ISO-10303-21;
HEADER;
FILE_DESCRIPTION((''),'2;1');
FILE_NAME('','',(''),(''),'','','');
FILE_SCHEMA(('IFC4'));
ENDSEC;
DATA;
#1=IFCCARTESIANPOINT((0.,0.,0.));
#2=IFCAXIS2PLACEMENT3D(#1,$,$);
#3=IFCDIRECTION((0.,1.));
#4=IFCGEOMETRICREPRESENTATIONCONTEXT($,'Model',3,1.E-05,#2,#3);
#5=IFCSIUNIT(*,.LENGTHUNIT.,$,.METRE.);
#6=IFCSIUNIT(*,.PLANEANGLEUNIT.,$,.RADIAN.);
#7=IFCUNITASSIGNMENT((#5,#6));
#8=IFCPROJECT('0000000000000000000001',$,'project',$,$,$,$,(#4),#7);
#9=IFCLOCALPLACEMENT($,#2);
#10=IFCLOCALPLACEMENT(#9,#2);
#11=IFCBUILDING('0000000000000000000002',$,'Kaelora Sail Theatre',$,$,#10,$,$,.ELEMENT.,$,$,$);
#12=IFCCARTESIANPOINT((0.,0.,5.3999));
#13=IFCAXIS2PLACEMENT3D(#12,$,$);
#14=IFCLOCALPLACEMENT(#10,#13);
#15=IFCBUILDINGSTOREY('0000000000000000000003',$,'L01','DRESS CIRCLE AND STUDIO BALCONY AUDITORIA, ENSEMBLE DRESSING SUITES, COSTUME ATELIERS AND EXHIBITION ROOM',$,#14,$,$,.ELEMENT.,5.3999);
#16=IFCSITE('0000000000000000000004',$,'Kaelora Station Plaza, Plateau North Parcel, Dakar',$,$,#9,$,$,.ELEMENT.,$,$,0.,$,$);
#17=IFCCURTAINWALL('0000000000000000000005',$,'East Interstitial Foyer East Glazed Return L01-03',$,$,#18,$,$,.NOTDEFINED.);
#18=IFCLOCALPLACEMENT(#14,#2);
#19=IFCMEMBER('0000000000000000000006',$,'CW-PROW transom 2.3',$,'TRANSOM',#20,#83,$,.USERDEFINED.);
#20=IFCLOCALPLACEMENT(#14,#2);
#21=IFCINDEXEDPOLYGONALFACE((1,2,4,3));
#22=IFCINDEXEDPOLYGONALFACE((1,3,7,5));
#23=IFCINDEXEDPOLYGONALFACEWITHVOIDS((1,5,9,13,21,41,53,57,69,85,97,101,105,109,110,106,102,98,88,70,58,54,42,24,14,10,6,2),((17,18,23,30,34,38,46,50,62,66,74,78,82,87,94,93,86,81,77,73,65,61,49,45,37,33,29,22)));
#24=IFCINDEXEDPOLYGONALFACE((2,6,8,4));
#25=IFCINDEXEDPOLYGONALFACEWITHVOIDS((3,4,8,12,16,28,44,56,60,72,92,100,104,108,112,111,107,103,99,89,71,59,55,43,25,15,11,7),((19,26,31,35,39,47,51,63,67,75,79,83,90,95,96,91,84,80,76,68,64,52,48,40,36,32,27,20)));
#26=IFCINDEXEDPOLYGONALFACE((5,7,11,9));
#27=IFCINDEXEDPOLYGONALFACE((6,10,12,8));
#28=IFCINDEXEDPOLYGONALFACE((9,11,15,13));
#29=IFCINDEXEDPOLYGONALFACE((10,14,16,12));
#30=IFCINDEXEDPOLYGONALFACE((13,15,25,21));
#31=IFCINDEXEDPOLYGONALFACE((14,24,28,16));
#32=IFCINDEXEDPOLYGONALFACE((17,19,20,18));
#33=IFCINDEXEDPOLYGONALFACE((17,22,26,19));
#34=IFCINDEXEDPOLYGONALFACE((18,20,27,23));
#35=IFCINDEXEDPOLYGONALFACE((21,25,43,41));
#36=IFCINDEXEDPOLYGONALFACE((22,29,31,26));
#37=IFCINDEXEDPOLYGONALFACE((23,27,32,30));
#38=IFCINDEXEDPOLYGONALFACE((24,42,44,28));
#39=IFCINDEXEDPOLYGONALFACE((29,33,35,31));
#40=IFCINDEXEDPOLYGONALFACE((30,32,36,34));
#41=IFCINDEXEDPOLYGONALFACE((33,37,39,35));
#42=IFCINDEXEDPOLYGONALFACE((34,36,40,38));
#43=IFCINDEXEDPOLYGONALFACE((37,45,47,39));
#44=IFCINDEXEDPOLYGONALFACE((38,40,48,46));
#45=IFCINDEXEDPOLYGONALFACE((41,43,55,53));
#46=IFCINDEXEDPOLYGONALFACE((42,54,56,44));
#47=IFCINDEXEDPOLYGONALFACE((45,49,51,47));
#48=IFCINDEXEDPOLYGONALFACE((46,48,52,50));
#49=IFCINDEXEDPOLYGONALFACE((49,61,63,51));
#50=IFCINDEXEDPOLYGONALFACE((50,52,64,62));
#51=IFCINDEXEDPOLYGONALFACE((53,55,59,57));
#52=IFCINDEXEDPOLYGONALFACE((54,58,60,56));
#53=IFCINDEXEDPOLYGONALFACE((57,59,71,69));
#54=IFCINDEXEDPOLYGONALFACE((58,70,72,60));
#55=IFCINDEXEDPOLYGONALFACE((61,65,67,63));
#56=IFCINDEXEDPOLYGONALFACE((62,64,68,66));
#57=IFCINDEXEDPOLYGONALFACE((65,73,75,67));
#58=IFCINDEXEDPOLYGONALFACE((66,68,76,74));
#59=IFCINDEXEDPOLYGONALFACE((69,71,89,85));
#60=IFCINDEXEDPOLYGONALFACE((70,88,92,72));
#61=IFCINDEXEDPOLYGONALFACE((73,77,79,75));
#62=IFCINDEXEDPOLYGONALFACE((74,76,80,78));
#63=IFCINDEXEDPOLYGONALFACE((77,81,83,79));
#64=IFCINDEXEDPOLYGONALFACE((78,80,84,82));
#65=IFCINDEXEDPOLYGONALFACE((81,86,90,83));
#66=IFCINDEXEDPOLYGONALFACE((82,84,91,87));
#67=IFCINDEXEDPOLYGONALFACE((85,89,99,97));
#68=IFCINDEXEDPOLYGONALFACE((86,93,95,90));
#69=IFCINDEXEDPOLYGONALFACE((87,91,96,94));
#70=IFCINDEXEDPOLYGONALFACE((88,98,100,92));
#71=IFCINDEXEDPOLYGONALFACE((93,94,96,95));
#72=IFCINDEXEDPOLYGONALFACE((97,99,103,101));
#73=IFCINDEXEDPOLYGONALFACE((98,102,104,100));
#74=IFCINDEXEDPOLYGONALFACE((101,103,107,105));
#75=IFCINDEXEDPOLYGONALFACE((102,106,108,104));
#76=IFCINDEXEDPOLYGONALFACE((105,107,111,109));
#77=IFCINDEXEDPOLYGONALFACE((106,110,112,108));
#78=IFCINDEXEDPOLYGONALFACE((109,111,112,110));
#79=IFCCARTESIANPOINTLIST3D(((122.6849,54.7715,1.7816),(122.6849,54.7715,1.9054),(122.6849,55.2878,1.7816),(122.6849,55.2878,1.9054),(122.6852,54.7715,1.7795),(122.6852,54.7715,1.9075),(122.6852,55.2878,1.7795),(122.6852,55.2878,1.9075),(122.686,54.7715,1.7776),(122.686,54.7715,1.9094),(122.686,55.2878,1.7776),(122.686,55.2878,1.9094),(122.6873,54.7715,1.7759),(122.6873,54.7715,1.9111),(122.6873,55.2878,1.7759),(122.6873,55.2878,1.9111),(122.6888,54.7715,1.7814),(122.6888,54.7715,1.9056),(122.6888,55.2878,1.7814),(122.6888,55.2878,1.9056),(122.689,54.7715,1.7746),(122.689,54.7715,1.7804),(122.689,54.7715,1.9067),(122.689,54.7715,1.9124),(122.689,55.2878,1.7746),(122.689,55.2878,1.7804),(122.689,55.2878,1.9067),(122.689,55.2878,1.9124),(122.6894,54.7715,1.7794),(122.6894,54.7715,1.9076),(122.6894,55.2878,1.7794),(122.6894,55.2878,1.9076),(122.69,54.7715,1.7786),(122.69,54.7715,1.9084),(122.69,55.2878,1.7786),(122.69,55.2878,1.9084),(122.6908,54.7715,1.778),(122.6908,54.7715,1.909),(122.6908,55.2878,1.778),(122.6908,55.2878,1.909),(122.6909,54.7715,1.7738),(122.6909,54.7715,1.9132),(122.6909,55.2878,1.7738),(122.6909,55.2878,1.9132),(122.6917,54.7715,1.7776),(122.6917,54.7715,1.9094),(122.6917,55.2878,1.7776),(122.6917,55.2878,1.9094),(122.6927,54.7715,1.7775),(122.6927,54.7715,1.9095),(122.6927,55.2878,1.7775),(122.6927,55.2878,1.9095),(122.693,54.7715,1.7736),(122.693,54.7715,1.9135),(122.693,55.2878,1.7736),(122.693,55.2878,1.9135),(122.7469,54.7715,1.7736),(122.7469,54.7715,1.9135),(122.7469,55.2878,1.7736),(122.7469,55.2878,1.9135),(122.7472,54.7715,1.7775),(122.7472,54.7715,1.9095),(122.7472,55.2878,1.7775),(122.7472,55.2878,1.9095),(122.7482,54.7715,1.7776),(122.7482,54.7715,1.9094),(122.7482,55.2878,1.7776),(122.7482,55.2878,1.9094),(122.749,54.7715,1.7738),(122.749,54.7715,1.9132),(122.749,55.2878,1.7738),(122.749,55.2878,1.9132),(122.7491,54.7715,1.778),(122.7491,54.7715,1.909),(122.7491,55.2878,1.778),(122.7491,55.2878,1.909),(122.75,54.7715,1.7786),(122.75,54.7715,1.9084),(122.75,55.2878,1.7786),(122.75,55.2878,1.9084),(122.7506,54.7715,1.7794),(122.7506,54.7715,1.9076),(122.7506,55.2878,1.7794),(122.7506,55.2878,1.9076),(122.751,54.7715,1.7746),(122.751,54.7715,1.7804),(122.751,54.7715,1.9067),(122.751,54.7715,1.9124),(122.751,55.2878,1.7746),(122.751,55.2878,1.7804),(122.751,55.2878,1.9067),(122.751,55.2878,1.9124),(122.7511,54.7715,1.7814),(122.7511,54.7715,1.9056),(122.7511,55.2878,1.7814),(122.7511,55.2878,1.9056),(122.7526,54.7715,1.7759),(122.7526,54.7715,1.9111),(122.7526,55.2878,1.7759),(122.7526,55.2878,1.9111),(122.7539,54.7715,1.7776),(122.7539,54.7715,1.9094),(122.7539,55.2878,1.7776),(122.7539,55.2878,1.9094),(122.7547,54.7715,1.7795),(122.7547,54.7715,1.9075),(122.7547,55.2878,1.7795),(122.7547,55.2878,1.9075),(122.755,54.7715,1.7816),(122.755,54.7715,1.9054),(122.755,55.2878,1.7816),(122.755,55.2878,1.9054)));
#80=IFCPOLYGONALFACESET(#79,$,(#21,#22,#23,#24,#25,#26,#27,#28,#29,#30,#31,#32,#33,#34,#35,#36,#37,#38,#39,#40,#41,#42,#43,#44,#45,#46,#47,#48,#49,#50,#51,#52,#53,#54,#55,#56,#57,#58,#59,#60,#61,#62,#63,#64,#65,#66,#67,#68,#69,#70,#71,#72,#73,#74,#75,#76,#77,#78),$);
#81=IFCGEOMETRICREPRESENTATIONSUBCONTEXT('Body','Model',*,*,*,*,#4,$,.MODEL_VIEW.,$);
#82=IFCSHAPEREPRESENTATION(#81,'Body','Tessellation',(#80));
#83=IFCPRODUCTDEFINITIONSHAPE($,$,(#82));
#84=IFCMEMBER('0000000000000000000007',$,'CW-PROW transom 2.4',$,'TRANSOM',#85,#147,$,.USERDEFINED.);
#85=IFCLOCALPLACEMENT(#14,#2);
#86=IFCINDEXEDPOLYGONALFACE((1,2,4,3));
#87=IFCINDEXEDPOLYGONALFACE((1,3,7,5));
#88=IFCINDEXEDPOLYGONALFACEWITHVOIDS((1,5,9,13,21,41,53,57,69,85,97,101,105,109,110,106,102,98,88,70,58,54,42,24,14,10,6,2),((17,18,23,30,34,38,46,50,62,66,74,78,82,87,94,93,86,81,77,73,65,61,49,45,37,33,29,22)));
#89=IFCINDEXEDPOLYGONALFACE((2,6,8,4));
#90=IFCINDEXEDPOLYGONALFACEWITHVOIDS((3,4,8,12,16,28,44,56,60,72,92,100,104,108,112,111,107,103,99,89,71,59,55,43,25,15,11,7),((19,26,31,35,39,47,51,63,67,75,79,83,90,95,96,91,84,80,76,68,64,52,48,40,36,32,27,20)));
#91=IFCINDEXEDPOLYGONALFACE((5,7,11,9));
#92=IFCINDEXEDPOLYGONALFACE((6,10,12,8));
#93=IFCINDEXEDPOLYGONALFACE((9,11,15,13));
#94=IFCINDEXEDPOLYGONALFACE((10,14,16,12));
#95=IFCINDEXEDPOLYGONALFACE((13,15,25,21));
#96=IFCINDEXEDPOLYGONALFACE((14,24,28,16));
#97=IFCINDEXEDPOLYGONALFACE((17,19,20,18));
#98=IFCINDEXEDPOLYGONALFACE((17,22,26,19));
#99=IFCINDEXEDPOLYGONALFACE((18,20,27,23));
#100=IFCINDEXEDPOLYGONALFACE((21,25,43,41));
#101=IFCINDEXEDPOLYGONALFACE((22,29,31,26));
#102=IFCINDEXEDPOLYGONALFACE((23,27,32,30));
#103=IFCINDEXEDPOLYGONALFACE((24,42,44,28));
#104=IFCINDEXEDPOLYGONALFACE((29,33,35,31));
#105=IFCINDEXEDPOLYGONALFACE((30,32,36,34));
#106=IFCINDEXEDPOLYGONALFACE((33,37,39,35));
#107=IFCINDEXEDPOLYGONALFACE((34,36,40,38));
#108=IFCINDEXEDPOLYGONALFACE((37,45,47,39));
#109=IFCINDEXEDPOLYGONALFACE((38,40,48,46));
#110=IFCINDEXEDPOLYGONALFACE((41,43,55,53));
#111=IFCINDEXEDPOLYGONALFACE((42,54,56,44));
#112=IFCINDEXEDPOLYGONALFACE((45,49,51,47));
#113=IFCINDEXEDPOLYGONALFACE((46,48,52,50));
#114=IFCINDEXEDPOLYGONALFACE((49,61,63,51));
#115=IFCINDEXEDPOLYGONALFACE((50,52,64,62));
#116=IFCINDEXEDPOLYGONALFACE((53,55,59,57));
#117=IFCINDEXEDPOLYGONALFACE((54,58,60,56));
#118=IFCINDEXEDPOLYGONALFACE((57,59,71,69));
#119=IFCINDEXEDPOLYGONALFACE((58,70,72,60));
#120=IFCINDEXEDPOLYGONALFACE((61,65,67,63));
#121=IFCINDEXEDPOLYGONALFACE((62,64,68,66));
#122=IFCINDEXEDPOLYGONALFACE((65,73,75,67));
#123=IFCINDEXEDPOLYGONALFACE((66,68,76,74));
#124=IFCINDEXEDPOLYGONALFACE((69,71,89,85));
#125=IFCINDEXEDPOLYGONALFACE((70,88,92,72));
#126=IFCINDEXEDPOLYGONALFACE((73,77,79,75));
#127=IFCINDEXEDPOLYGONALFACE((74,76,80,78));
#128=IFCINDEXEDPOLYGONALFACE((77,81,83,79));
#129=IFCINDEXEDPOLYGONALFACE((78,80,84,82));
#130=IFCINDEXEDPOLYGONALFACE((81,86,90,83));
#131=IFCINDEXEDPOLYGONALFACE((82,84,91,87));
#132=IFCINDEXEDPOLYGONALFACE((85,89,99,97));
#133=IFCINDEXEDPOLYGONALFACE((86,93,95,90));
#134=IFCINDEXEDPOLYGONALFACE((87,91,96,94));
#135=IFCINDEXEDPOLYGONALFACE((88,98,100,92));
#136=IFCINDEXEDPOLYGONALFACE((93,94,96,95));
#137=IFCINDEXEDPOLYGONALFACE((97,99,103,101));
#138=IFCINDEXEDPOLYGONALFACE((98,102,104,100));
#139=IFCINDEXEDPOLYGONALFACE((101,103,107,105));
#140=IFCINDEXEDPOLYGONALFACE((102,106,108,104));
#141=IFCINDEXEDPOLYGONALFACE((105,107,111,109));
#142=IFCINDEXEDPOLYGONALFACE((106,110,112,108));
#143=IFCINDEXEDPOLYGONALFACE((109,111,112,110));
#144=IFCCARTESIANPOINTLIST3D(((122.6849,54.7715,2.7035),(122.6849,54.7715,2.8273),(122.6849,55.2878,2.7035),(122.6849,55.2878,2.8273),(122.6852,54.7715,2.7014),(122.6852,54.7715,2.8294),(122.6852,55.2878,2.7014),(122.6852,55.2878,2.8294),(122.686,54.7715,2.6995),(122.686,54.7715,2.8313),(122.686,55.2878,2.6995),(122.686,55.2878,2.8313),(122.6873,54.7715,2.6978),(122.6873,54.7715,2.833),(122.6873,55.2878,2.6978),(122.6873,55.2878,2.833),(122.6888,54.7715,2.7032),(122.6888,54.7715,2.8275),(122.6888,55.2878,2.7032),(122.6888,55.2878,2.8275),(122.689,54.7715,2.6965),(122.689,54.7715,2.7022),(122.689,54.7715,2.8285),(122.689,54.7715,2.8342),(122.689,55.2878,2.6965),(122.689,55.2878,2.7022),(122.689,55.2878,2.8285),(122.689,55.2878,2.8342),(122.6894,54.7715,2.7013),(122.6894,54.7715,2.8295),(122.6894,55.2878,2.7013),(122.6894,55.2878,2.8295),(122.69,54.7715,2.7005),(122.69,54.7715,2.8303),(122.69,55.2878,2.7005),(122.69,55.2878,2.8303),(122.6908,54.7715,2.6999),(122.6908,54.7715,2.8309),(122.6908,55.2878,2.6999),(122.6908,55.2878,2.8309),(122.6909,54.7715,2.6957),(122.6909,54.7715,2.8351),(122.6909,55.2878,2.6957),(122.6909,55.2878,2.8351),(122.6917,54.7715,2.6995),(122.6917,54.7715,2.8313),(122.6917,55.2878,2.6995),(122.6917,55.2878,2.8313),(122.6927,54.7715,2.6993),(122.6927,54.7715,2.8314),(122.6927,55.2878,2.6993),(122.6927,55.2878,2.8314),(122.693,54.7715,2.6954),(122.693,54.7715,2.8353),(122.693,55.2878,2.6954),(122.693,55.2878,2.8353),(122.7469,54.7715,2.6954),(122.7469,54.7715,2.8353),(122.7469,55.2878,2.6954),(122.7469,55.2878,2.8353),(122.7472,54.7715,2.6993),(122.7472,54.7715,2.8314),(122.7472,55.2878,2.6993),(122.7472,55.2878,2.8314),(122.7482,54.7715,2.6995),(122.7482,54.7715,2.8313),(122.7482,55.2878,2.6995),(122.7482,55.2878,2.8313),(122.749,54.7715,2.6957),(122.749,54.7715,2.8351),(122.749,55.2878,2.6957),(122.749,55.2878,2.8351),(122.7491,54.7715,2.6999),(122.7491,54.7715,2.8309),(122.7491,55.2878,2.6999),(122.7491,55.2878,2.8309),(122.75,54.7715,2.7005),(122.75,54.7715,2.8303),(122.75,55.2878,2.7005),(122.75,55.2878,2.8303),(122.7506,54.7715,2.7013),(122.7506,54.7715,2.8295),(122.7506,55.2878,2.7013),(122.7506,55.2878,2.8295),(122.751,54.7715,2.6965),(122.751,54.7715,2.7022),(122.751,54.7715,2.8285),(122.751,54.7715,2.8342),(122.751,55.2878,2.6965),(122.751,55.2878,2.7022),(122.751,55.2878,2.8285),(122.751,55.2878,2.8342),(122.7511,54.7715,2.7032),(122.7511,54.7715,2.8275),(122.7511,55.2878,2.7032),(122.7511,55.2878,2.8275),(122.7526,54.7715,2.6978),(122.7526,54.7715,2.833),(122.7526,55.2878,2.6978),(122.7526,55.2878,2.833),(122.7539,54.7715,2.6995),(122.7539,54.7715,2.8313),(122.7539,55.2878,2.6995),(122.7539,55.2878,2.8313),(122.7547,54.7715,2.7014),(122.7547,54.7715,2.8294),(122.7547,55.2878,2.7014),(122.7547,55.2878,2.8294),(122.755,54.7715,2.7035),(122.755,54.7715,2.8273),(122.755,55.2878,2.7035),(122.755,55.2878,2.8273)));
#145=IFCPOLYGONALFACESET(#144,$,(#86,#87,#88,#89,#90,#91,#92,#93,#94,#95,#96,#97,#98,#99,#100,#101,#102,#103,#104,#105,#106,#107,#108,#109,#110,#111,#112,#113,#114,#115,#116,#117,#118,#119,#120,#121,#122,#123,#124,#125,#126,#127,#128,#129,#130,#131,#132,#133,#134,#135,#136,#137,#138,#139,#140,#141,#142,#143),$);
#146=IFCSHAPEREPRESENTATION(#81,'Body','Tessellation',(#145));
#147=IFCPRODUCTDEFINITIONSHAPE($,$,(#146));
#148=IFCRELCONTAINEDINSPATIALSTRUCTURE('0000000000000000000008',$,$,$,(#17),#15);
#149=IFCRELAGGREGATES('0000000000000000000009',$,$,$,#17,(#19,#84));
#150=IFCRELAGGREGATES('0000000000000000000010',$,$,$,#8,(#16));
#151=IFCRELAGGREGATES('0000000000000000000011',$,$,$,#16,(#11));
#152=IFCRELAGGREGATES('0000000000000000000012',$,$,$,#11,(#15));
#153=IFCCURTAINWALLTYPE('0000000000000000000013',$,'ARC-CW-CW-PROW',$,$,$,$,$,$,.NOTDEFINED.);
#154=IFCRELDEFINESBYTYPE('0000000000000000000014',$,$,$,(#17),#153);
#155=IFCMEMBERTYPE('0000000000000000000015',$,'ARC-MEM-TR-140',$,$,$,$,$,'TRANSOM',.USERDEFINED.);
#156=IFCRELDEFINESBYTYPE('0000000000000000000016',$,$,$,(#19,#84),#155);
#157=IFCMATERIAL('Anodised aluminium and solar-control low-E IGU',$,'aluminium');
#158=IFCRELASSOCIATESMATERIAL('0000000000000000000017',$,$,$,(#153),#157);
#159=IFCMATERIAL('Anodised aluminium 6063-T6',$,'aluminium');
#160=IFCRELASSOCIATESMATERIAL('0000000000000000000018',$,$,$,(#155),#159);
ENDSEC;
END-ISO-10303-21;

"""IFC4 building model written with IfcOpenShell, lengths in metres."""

from ifc_helpers import new_model, si_unit, direction, frame, origin, origin_2d, place, context, subcontext, project, spatial, hollow_rectangle, extrude, material, material_profile, profile_set, type_object, element, aggregate, save


model = new_model("IFC4")

# Units and contexts
model_context = context("Model", 3, precision=1e-05, world=origin(), true_north=direction((0.0, 1.0)))
body_context = subcontext(model_context, "Body", "Model", "MODEL_VIEW")
ifc_project = project(units=[si_unit("LENGTHUNIT", "METRE"), si_unit("PLANEANGLEUNIT", "RADIAN")], contexts=[model_context])

# Site, building, storey
site_placement = place(None, origin())
site = spatial("IfcSite", under=ifc_project, at=site_placement, Name="Kaelora Station Plaza, Plateau North Parcel, Dakar", CompositionType="ELEMENT", RefElevation=0.0)
building_placement = place(site_placement, origin())
building = spatial("IfcBuilding", under=site, at=building_placement, Name="Kaelora Sail Theatre", CompositionType="ELEMENT")
storey_placement = place(building_placement, frame((0.0, 0.0, 5.3999)))
storey = spatial("IfcBuildingStorey", under=building, at=storey_placement, Name="L01", Description="DRESS CIRCLE AND STUDIO BALCONY AUDITORIA, ENSEMBLE DRESSING SUITES, COSTUME ATELIERS AND EXHIBITION ROOM", CompositionType="ELEMENT", Elevation=5.3999)

# Curtain wall, members
ifc_material_1 = material(Name="Anodised aluminium and solar-control low-E IGU", Category="aluminium")
curtain_wall_type = type_object("IfcCurtainWallType", Name="ARC-CW-CW-PROW", PredefinedType="NOTDEFINED", material=ifc_material_1)
curtain_wall_placement = place(storey_placement, origin())
curtain_wall = element("IfcCurtainWall", 1, at=curtain_wall_placement, inside=storey, type_object=curtain_wall_type, Name="East Interstitial Foyer East Glazed Return L01-03", PredefinedType="NOTDEFINED")
ifc_material_2 = material(Name="Anodised aluminium 6063-T6", Category="aluminium")
ifc_material_profile_1 = material_profile(ifc_material_2, hollow_rectangle(XDim=0.0701, YDim=0.1399, WallThickness=0.0039, InnerFilletRadius=0.0039, OuterFilletRadius=0.0081, at=origin_2d()), Name="ALU-TRAN 70x140x4")
ifc_profile_set_1 = profile_set([ifc_material_profile_1], Name="Anodised aluminium 6063-T6")
member_type_1 = type_object("IfcMemberType", Name="ARC-MEM-TR-140", ElementType="TRANSOM", PredefinedType="USERDEFINED", material=ifc_profile_set_1)
member_1_placement = place(storey_placement, frame((122.72, 54.7715, 1.8435), z_axis=(0.0, 1.0, 0.0), x_axis=(-1.0, 0.0, 0.0)))
member_1 = element("IfcMember", 2, at=member_1_placement, type_object=member_type_1, Name="CW-PROW transom 2.3", ObjectType="TRANSOM", PredefinedType="USERDEFINED", context=body_context, shape_type="SweptSolid", body=[
    extrude(hollow_rectangle(XDim=0.0701, YDim=0.1399, WallThickness=0.0039, InnerFilletRadius=0.0039, OuterFilletRadius=0.0081, at=origin_2d()), origin(), (0.0, 0.0, 1.0), 0.5164),
])
member_2_placement = place(storey_placement, frame((122.72, 54.7715, 2.7654), z_axis=(0.0, 1.0, 0.0), x_axis=(-1.0, 0.0, 0.0)))
member_2 = element("IfcMember", 3, at=member_2_placement, type_object=member_type_1, Name="CW-PROW transom 2.4", ObjectType="TRANSOM", PredefinedType="USERDEFINED", context=body_context, shape_type="SweptSolid", body=[
    extrude(hollow_rectangle(XDim=0.0701, YDim=0.1399, WallThickness=0.0039, InnerFilletRadius=0.0039, OuterFilletRadius=0.0081, at=origin_2d()), origin(), (0.0, 0.0, 1.0), 0.5164),
])
aggregate(curtain_wall, [member_1, member_2])

save(model, "model.ifc")
